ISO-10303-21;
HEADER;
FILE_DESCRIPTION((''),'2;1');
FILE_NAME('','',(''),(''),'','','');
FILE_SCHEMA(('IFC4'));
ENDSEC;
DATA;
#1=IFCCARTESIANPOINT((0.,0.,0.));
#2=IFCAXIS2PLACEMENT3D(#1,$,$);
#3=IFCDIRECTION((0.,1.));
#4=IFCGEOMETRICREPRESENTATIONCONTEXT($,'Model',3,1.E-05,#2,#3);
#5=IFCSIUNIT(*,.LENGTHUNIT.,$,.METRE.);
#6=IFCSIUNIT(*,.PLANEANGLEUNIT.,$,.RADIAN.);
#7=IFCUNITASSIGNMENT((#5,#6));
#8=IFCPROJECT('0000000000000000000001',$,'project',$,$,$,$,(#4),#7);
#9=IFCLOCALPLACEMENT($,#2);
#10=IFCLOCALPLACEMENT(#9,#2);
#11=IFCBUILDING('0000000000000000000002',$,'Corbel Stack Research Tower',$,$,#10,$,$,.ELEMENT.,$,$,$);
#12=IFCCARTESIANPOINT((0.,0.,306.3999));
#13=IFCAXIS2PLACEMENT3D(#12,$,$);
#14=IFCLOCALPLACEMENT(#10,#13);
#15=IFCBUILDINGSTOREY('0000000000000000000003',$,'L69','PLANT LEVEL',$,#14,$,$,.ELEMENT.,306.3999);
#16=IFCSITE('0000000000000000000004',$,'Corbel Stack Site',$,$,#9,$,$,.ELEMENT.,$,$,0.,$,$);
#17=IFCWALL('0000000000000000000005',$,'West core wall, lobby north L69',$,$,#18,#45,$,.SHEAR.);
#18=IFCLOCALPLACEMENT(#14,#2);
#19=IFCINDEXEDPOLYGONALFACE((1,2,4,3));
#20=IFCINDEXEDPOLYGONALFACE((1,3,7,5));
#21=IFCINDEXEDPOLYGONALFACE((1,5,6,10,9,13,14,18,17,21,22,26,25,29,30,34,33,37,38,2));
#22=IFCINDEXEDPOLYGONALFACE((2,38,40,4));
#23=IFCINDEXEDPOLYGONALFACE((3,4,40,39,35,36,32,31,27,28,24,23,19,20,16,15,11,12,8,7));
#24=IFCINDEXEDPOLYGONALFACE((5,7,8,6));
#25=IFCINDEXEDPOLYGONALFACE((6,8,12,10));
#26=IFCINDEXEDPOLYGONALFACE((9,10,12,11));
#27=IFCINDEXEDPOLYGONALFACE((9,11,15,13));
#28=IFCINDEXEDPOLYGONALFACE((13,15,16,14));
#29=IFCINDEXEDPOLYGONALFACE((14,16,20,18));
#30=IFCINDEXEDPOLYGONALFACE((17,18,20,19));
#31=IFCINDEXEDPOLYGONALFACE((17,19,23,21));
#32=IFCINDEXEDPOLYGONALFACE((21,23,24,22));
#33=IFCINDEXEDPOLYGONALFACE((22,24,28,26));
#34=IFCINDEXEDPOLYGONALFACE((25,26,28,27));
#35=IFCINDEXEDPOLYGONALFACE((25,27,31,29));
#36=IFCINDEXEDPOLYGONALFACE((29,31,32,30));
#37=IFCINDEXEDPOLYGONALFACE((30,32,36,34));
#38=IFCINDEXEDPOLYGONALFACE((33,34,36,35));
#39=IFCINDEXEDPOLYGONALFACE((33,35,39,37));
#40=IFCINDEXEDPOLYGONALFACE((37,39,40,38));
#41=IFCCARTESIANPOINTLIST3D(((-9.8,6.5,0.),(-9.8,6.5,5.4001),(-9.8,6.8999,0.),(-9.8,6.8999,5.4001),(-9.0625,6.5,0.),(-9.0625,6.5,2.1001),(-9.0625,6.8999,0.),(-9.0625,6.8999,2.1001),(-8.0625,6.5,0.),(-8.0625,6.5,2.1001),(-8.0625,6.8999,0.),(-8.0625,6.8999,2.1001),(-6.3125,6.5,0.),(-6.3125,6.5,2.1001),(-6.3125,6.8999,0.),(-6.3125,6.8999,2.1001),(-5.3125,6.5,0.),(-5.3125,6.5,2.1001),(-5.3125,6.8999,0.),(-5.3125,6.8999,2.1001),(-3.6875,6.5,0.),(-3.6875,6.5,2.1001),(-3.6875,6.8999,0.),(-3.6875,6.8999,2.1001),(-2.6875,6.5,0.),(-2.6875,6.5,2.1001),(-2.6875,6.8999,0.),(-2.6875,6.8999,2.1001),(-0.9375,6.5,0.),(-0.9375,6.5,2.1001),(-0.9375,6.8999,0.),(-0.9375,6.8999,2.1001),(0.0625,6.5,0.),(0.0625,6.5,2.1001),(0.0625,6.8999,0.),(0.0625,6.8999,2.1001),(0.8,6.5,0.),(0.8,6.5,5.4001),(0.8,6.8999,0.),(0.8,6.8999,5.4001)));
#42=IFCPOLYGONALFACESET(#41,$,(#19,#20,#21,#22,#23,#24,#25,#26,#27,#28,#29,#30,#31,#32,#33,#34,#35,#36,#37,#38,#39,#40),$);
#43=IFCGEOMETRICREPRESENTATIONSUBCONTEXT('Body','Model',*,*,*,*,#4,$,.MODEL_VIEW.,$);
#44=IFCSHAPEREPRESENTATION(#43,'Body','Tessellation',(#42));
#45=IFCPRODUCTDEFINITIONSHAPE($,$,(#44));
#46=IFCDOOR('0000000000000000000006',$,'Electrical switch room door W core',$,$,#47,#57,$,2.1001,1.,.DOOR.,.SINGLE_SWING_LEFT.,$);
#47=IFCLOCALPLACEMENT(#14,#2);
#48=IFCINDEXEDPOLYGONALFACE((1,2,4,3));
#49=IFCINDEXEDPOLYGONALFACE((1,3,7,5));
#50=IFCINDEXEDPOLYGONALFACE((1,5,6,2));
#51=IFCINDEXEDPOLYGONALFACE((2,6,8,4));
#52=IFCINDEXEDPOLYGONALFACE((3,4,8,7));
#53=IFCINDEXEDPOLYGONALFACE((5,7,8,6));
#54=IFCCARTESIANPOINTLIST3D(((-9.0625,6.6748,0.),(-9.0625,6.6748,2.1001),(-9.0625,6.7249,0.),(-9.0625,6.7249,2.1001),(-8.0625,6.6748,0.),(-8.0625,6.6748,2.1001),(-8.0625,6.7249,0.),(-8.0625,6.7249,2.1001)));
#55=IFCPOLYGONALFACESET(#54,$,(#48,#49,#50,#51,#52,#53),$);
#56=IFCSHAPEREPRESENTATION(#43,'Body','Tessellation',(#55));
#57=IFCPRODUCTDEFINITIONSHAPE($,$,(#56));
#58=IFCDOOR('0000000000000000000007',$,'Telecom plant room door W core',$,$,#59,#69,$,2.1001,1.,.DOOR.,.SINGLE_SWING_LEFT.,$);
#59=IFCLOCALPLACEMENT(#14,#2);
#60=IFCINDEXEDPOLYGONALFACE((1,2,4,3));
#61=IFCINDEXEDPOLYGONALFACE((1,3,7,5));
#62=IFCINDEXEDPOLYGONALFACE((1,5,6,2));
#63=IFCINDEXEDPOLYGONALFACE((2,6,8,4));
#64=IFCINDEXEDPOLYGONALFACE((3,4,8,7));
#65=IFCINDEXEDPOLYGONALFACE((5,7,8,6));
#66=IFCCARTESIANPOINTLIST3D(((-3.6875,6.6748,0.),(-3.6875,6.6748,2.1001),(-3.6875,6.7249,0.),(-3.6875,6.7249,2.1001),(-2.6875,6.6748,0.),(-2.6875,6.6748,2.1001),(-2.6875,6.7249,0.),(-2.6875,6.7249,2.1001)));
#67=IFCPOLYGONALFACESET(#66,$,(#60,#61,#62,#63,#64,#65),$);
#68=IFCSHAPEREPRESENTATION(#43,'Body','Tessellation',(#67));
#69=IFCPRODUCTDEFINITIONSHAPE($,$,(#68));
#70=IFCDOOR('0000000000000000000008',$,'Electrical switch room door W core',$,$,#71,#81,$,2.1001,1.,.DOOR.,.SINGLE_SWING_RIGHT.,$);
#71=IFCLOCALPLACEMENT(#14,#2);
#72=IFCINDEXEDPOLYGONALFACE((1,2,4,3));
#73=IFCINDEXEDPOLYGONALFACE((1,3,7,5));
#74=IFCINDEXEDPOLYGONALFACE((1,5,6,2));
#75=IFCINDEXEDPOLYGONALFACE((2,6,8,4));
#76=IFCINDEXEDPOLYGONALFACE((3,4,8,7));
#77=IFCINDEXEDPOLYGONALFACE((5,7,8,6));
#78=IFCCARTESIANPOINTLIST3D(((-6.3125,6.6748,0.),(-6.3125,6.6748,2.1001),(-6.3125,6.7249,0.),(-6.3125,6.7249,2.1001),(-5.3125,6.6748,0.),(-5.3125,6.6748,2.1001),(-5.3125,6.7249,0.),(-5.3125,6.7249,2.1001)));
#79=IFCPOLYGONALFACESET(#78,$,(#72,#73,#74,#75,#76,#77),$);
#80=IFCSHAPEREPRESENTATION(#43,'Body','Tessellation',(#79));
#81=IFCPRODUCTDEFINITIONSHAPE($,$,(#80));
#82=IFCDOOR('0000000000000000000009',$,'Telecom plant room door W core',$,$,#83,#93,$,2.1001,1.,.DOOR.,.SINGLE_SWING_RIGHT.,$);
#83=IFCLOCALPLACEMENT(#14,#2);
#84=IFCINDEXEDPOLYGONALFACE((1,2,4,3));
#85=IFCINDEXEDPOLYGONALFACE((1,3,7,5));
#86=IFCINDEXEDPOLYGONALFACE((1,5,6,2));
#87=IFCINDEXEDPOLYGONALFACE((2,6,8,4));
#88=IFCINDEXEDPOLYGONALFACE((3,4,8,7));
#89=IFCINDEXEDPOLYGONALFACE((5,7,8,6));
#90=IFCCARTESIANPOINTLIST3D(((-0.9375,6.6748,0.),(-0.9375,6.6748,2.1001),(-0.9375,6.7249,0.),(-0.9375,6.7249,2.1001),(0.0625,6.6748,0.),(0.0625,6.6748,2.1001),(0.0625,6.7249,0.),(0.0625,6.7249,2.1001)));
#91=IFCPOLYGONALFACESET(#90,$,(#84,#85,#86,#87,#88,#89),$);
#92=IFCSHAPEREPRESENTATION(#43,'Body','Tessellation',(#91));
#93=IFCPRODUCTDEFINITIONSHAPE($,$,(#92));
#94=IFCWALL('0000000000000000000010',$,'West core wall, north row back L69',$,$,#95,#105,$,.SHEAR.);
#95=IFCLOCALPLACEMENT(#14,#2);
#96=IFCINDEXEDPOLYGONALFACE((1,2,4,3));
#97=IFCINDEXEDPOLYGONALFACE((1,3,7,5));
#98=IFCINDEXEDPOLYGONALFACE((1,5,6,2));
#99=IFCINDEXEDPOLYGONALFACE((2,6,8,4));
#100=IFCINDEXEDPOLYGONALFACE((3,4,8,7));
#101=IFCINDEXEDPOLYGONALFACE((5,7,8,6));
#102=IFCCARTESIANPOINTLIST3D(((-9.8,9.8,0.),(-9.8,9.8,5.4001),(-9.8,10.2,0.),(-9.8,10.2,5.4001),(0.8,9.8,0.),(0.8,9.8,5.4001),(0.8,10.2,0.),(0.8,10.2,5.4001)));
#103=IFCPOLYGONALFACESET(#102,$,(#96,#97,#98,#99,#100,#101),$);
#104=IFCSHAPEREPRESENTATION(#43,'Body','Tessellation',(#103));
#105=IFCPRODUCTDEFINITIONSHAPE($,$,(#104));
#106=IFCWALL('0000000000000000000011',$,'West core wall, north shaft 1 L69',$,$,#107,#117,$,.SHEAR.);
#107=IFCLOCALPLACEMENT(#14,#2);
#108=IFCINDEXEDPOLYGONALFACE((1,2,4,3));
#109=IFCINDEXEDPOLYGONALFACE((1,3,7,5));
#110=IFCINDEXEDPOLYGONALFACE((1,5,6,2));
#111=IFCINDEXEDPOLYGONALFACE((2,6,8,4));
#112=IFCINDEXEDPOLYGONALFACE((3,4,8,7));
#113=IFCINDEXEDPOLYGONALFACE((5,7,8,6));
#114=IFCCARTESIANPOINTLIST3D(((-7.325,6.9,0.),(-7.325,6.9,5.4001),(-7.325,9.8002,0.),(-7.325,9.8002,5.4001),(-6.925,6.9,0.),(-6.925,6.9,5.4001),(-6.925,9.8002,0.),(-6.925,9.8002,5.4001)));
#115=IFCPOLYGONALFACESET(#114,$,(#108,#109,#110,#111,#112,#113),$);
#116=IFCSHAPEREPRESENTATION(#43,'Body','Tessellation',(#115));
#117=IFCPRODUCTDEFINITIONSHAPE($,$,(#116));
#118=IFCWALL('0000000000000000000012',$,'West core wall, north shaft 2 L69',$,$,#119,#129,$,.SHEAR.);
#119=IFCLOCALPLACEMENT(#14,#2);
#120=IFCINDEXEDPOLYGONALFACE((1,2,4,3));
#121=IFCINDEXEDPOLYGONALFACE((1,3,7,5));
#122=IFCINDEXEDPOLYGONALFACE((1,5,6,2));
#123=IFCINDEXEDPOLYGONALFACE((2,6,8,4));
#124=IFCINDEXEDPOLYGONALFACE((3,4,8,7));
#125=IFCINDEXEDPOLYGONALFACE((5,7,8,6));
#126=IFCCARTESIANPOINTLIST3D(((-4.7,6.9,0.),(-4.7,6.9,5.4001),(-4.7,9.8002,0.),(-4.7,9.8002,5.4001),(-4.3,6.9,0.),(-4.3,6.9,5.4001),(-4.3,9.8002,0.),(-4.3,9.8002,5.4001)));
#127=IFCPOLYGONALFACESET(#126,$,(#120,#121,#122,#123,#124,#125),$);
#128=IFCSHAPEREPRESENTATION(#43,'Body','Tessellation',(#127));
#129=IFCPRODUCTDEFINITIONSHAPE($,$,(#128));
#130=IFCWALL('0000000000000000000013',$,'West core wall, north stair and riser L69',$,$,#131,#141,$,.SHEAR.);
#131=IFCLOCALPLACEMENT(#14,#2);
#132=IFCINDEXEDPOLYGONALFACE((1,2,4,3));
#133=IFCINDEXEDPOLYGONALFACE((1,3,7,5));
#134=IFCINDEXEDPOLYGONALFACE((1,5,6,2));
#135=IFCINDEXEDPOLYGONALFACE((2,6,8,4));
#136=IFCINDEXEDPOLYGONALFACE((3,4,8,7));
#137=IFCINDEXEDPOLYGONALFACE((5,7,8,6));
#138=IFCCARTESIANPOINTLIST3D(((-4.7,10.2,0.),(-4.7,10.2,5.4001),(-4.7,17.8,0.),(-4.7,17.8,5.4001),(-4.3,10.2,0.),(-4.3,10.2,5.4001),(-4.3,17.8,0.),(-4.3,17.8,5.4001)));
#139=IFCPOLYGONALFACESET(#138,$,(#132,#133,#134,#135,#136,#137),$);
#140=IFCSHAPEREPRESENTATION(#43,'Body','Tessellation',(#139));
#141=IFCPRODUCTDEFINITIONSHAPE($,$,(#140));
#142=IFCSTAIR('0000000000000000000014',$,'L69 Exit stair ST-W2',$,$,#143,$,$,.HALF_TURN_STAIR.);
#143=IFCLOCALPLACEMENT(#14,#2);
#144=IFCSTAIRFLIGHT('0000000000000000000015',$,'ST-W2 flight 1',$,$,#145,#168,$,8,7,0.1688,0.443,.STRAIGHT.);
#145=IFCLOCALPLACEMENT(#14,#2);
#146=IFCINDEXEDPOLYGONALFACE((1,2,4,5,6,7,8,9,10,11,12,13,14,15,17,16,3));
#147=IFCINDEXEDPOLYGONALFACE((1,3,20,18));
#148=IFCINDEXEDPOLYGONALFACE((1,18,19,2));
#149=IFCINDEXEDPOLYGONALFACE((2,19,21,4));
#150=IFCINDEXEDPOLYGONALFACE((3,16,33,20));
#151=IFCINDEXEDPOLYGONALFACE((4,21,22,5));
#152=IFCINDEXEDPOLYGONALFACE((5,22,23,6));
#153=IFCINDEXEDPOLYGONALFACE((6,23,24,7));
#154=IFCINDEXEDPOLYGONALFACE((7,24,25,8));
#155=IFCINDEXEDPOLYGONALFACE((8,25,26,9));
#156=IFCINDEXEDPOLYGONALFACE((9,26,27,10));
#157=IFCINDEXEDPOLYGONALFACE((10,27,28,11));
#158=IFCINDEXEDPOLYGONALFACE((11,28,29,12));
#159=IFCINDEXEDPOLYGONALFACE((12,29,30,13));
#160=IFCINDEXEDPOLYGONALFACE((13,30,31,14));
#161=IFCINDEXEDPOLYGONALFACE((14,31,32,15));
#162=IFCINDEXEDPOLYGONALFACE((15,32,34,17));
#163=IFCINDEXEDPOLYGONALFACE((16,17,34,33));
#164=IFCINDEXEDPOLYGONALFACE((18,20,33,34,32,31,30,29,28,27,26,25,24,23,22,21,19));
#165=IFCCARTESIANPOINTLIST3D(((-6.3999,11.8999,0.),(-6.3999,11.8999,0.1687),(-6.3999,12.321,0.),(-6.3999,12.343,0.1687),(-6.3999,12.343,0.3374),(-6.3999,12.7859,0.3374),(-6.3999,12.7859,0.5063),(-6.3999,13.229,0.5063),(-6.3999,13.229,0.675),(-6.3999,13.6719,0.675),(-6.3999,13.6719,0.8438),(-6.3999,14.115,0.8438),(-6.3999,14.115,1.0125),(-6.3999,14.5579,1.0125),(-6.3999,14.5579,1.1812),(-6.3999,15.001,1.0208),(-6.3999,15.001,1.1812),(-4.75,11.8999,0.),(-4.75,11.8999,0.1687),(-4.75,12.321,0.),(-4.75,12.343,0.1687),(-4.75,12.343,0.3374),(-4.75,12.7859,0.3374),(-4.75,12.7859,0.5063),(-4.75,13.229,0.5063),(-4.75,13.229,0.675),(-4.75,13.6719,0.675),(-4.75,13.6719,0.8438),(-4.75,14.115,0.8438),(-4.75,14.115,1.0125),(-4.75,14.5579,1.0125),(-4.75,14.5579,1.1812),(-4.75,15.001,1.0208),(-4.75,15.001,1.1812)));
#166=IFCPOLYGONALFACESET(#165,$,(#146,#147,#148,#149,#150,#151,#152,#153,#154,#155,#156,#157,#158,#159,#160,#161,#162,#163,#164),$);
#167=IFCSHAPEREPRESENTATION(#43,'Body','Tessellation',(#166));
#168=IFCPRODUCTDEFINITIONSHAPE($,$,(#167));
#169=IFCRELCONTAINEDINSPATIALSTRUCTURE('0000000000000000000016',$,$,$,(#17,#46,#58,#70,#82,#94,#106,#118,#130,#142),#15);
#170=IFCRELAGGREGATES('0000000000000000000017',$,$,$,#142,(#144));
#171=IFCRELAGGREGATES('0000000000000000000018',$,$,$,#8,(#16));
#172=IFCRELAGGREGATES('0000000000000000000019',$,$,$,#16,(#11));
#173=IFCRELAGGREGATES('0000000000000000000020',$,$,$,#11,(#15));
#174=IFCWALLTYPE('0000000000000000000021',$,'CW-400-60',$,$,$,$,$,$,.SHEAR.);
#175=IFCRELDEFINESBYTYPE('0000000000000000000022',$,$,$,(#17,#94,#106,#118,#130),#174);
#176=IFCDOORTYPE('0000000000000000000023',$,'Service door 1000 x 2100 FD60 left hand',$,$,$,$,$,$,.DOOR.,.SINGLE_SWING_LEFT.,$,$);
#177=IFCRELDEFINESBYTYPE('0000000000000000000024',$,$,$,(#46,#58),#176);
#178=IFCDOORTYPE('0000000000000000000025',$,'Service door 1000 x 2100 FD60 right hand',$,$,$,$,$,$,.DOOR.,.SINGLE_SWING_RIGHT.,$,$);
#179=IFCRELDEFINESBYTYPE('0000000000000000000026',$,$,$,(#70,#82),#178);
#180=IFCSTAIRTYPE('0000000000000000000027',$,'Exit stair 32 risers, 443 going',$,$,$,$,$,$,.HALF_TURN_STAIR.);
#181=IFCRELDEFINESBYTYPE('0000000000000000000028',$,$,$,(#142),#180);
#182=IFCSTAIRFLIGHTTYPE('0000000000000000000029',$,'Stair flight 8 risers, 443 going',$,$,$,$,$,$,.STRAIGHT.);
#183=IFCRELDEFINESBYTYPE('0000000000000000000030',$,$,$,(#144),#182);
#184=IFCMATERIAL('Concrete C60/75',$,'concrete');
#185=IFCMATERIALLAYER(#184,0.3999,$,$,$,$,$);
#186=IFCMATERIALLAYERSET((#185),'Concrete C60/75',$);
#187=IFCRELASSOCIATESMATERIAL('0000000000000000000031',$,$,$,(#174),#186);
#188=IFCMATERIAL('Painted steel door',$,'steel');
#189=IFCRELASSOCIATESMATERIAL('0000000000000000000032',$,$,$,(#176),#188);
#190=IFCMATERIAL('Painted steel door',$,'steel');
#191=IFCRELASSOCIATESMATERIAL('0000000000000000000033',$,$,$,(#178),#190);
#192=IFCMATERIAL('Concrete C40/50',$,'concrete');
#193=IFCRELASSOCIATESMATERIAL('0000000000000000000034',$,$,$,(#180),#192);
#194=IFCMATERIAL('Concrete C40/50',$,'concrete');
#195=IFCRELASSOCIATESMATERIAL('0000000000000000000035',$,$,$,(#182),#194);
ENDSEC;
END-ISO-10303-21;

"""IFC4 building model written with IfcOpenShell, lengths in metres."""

from ifc_helpers import new_model, si_unit, direction, frame, frame_2d, origin, place, context, subcontext, project, spatial, polyline, rectangle, outline, extrude, material, layer, layer_set, type_object, element, fill, aggregate, save


model = new_model("IFC4")

# Units and contexts
model_context = context("Model", 3, precision=1e-05, world=origin(), true_north=direction((0.0, 1.0)))
body_context = subcontext(model_context, "Body", "Model", "MODEL_VIEW")
ifc_project = project(units=[si_unit("LENGTHUNIT", "METRE"), si_unit("PLANEANGLEUNIT", "RADIAN")], contexts=[model_context])

# Site, building, storey
site_placement = place(None, origin())
site = spatial("IfcSite", under=ifc_project, at=site_placement, Name="Corbel Stack Site", CompositionType="ELEMENT", RefElevation=0.0)
building_placement = place(site_placement, origin())
building = spatial("IfcBuilding", under=site, at=building_placement, Name="Corbel Stack Research Tower", CompositionType="ELEMENT")
storey_placement = place(building_placement, frame((0.0, 0.0, 306.3999)))
storey = spatial("IfcBuildingStorey", under=building, at=storey_placement, Name="L69", Description="PLANT LEVEL", CompositionType="ELEMENT", Elevation=306.3999)

# Wall, openings, doors
ifc_material_1 = material(Name="Concrete C60/75", Category="concrete")
ifc_layer_1 = layer(ifc_material_1, 0.3999)
ifc_layer_set_1 = layer_set([ifc_layer_1], Name="Concrete C60/75")
wall_type_1 = type_object("IfcWallType", Name="CW-400-60", PredefinedType="SHEAR", material=ifc_layer_set_1)
ifc_material_2 = material(Name="Painted steel door", Category="steel")
door_type_1 = type_object("IfcDoorType", Name="Service door 1000 x 2100 FD60 left hand", OperationType="SINGLE_SWING_LEFT", PredefinedType="DOOR", material=ifc_material_2)
ifc_material_3 = material(Name="Painted steel door", Category="steel")
door_type_2 = type_object("IfcDoorType", Name="Service door 1000 x 2100 FD60 right hand", OperationType="SINGLE_SWING_RIGHT", PredefinedType="DOOR", material=ifc_material_3)
wall_1_placement = place(storey_placement, frame((-9.8, 6.7, 0.0), z_axis=(0.0, 0.0, 1.0), x_axis=(1.0, 0.0, 0.0)))
wall_1 = element("IfcWall", 1, at=wall_1_placement, inside=storey, type_object=wall_type_1, Name="West core wall, lobby north L69", PredefinedType="SHEAR", context=body_context, shape_type="SweptSolid", body=[
    extrude(rectangle(XDim=10.6001, YDim=0.3999, at=frame_2d((5.3, 0.0))), origin(), (0.0, 0.0, 1.0), 5.4001),
])
opening_1_placement = place(wall_1_placement, frame((0.7375, 0.0, 0.0)))
opening_1 = element("IfcOpeningElement", 2, at=opening_1_placement, cuts=wall_1, PredefinedType="OPENING", context=body_context, shape_type="SweptSolid", body=[
    extrude(rectangle(XDim=1.0, YDim=2.1001, at=frame_2d((0.5, 1.05))), frame((0.0, 0.21, 0.0), z_axis=(0.0, -1.0, 0.0), x_axis=(1.0, 0.0, 0.0)), (0.0, 0.0, 1.0), 0.4199),
])
opening_2_placement = place(wall_1_placement, frame((3.4875, 0.0, 0.0)))
opening_2 = element("IfcOpeningElement", 3, at=opening_2_placement, cuts=wall_1, PredefinedType="OPENING", context=body_context, shape_type="SweptSolid", body=[
    extrude(rectangle(XDim=1.0, YDim=2.1001, at=frame_2d((0.5, 1.05))), frame((0.0, 0.21, 0.0), z_axis=(0.0, -1.0, 0.0), x_axis=(1.0, 0.0, 0.0)), (0.0, 0.0, 1.0), 0.4199),
])
opening_3_placement = place(wall_1_placement, frame((6.1125, 0.0, 0.0)))
opening_3 = element("IfcOpeningElement", 4, at=opening_3_placement, cuts=wall_1, PredefinedType="OPENING", context=body_context, shape_type="SweptSolid", body=[
    extrude(rectangle(XDim=1.0, YDim=2.1001, at=frame_2d((0.5, 1.05))), frame((0.0, 0.21, 0.0), z_axis=(0.0, -1.0, 0.0), x_axis=(1.0, 0.0, 0.0)), (0.0, 0.0, 1.0), 0.4199),
])
opening_4_placement = place(wall_1_placement, frame((8.8625, 0.0, 0.0)))
opening_4 = element("IfcOpeningElement", 5, at=opening_4_placement, cuts=wall_1, PredefinedType="OPENING", context=body_context, shape_type="SweptSolid", body=[
    extrude(rectangle(XDim=1.0, YDim=2.1001, at=frame_2d((0.5, 1.05))), frame((0.0, 0.21, 0.0), z_axis=(0.0, -1.0, 0.0), x_axis=(1.0, 0.0, 0.0)), (0.0, 0.0, 1.0), 0.4199),
])
door_1_placement = place(opening_1_placement, origin())
door_1 = element("IfcDoor", 6, at=door_1_placement, inside=storey, type_object=door_type_1, Name="Electrical switch room door W core", OperationType="SINGLE_SWING_LEFT", OverallHeight=2.1001, OverallWidth=1.0, PredefinedType="DOOR", context=body_context, shape_type="SweptSolid", body=[
    extrude(rectangle(XDim=1.0, YDim=2.1001, at=frame_2d((0.5, 1.05))), frame((0.0, 0.0249, 0.0), z_axis=(0.0, -1.0, 0.0), x_axis=(1.0, 0.0, 0.0)), (0.0, 0.0, 1.0), 0.05),
])
fill(opening_1, door_1)
door_2_placement = place(opening_3_placement, origin())
door_2 = element("IfcDoor", 7, at=door_2_placement, inside=storey, type_object=door_type_1, Name="Telecom plant room door W core", OperationType="SINGLE_SWING_LEFT", OverallHeight=2.1001, OverallWidth=1.0, PredefinedType="DOOR", context=body_context, shape_type="SweptSolid", body=[
    extrude(rectangle(XDim=1.0, YDim=2.1001, at=frame_2d((0.5, 1.05))), frame((0.0, 0.0249, 0.0), z_axis=(0.0, -1.0, 0.0), x_axis=(1.0, 0.0, 0.0)), (0.0, 0.0, 1.0), 0.05),
])
fill(opening_3, door_2)
door_3_placement = place(opening_2_placement, origin())
door_3 = element("IfcDoor", 8, at=door_3_placement, inside=storey, type_object=door_type_2, Name="Electrical switch room door W core", OperationType="SINGLE_SWING_RIGHT", OverallHeight=2.1001, OverallWidth=1.0, PredefinedType="DOOR", context=body_context, shape_type="SweptSolid", body=[
    extrude(rectangle(XDim=1.0, YDim=2.1001, at=frame_2d((0.5, 1.05))), frame((0.0, 0.0249, 0.0), z_axis=(0.0, -1.0, 0.0), x_axis=(1.0, 0.0, 0.0)), (0.0, 0.0, 1.0), 0.05),
])
fill(opening_2, door_3)
door_4_placement = place(opening_4_placement, origin())
door_4 = element("IfcDoor", 9, at=door_4_placement, inside=storey, type_object=door_type_2, Name="Telecom plant room door W core", OperationType="SINGLE_SWING_RIGHT", OverallHeight=2.1001, OverallWidth=1.0, PredefinedType="DOOR", context=body_context, shape_type="SweptSolid", body=[
    extrude(rectangle(XDim=1.0, YDim=2.1001, at=frame_2d((0.5, 1.05))), frame((0.0, 0.0249, 0.0), z_axis=(0.0, -1.0, 0.0), x_axis=(1.0, 0.0, 0.0)), (0.0, 0.0, 1.0), 0.05),
])
fill(opening_4, door_4)

# Walls
wall_2_placement = place(storey_placement, frame((-9.8, 10.0, 0.0), z_axis=(0.0, 0.0, 1.0), x_axis=(1.0, 0.0, 0.0)))
element("IfcWall", 10, at=wall_2_placement, inside=storey, type_object=wall_type_1, Name="West core wall, north row back L69", PredefinedType="SHEAR", context=body_context, shape_type="SweptSolid", body=[
    extrude(rectangle(XDim=10.6001, YDim=0.3999, at=frame_2d((5.3, 0.0))), origin(), (0.0, 0.0, 1.0), 5.4001),
])
for number, where, z_axis, x_axis, name in (
    (11, (-7.125, 6.8999, 0.0), (0.0, 0.0, 1.0), (0.0, 1.0, 0.0), "West core wall, north shaft 1 L69"),
    (12, (-4.5, 6.8999, 0.0), (0.0, 0.0, 1.0), (0.0, 1.0, 0.0), "West core wall, north shaft 2 L69"),
):
    element("IfcWall", number, at=place(storey_placement, frame(where, z_axis=z_axis, x_axis=x_axis)), inside=storey, type_object=wall_type_1, Name=name, PredefinedType="SHEAR", context=body_context, shape_type="SweptSolid", body=[
        extrude(rectangle(XDim=2.9001, YDim=0.3999, at=frame_2d((1.4502, 0.0))), origin(), (0.0, 0.0, 1.0), 5.4001),
    ])
wall_3_placement = place(storey_placement, frame((-4.5, 10.2, 0.0), z_axis=(0.0, 0.0, 1.0), x_axis=(0.0, 1.0, 0.0)))
element("IfcWall", 13, at=wall_3_placement, inside=storey, type_object=wall_type_1, Name="West core wall, north stair and riser L69", PredefinedType="SHEAR", context=body_context, shape_type="SweptSolid", body=[
    extrude(rectangle(XDim=7.6001, YDim=0.3999, at=frame_2d((3.8, 0.0))), origin(), (0.0, 0.0, 1.0), 5.4001),
])

# Stair, stair flight
ifc_material_4 = material(Name="Concrete C40/50", Category="concrete")
stair_type = type_object("IfcStairType", Name="Exit stair 32 risers, 443 going", PredefinedType="HALF_TURN_STAIR", material=ifc_material_4)
stair_placement = place(storey_placement, origin())
stair = element("IfcStair", 14, at=stair_placement, inside=storey, type_object=stair_type, Name="L69 Exit stair ST-W2", PredefinedType="HALF_TURN_STAIR")
ifc_material_5 = material(Name="Concrete C40/50", Category="concrete")
stair_flight_type = type_object("IfcStairFlightType", Name="Stair flight 8 risers, 443 going", PredefinedType="STRAIGHT", material=ifc_material_5)
stair_flight_1_placement = place(storey_placement, frame((-5.575, 11.8999, 0.0), z_axis=(0.0, 0.0, 1.0), x_axis=(0.0, 1.0, 0.0)))
stair_flight_1 = element("IfcStairFlight", 15, at=stair_flight_1_placement, type_object=stair_flight_type, Name="ST-W2 flight 1", NumberOfRisers=8, NumberOfTreads=7, PredefinedType="STRAIGHT", RiserHeight=0.1688, TreadLength=0.443, context=body_context, shape_type="SweptSolid", body=[
    extrude(outline(polyline([(0.0, 0.0), (0.0, 0.1687), (0.4431, 0.1687), (0.4431, 0.3374), (0.886, 0.3374), (0.886, 0.5063), (1.3291, 0.5063), (1.3291, 0.675), (1.772, 0.675), (1.772, 0.8438), (2.2151, 0.8438), (2.2151, 1.0125), (2.658, 1.0125), (2.658, 1.1812), (3.1011, 1.1812), (3.1011, 1.3501), (3.1011, 1.0208), (0.4211, 0.0), (0.0, 0.0)])), frame((0.0, 0.825, 0.0), z_axis=(0.0, -1.0, 0.0), x_axis=(1.0, 0.0, 0.0)), (0.0, 0.0, 1.0), 1.6499),
])
aggregate(stair, [stair_flight_1])

save(model, "model.ifc")
